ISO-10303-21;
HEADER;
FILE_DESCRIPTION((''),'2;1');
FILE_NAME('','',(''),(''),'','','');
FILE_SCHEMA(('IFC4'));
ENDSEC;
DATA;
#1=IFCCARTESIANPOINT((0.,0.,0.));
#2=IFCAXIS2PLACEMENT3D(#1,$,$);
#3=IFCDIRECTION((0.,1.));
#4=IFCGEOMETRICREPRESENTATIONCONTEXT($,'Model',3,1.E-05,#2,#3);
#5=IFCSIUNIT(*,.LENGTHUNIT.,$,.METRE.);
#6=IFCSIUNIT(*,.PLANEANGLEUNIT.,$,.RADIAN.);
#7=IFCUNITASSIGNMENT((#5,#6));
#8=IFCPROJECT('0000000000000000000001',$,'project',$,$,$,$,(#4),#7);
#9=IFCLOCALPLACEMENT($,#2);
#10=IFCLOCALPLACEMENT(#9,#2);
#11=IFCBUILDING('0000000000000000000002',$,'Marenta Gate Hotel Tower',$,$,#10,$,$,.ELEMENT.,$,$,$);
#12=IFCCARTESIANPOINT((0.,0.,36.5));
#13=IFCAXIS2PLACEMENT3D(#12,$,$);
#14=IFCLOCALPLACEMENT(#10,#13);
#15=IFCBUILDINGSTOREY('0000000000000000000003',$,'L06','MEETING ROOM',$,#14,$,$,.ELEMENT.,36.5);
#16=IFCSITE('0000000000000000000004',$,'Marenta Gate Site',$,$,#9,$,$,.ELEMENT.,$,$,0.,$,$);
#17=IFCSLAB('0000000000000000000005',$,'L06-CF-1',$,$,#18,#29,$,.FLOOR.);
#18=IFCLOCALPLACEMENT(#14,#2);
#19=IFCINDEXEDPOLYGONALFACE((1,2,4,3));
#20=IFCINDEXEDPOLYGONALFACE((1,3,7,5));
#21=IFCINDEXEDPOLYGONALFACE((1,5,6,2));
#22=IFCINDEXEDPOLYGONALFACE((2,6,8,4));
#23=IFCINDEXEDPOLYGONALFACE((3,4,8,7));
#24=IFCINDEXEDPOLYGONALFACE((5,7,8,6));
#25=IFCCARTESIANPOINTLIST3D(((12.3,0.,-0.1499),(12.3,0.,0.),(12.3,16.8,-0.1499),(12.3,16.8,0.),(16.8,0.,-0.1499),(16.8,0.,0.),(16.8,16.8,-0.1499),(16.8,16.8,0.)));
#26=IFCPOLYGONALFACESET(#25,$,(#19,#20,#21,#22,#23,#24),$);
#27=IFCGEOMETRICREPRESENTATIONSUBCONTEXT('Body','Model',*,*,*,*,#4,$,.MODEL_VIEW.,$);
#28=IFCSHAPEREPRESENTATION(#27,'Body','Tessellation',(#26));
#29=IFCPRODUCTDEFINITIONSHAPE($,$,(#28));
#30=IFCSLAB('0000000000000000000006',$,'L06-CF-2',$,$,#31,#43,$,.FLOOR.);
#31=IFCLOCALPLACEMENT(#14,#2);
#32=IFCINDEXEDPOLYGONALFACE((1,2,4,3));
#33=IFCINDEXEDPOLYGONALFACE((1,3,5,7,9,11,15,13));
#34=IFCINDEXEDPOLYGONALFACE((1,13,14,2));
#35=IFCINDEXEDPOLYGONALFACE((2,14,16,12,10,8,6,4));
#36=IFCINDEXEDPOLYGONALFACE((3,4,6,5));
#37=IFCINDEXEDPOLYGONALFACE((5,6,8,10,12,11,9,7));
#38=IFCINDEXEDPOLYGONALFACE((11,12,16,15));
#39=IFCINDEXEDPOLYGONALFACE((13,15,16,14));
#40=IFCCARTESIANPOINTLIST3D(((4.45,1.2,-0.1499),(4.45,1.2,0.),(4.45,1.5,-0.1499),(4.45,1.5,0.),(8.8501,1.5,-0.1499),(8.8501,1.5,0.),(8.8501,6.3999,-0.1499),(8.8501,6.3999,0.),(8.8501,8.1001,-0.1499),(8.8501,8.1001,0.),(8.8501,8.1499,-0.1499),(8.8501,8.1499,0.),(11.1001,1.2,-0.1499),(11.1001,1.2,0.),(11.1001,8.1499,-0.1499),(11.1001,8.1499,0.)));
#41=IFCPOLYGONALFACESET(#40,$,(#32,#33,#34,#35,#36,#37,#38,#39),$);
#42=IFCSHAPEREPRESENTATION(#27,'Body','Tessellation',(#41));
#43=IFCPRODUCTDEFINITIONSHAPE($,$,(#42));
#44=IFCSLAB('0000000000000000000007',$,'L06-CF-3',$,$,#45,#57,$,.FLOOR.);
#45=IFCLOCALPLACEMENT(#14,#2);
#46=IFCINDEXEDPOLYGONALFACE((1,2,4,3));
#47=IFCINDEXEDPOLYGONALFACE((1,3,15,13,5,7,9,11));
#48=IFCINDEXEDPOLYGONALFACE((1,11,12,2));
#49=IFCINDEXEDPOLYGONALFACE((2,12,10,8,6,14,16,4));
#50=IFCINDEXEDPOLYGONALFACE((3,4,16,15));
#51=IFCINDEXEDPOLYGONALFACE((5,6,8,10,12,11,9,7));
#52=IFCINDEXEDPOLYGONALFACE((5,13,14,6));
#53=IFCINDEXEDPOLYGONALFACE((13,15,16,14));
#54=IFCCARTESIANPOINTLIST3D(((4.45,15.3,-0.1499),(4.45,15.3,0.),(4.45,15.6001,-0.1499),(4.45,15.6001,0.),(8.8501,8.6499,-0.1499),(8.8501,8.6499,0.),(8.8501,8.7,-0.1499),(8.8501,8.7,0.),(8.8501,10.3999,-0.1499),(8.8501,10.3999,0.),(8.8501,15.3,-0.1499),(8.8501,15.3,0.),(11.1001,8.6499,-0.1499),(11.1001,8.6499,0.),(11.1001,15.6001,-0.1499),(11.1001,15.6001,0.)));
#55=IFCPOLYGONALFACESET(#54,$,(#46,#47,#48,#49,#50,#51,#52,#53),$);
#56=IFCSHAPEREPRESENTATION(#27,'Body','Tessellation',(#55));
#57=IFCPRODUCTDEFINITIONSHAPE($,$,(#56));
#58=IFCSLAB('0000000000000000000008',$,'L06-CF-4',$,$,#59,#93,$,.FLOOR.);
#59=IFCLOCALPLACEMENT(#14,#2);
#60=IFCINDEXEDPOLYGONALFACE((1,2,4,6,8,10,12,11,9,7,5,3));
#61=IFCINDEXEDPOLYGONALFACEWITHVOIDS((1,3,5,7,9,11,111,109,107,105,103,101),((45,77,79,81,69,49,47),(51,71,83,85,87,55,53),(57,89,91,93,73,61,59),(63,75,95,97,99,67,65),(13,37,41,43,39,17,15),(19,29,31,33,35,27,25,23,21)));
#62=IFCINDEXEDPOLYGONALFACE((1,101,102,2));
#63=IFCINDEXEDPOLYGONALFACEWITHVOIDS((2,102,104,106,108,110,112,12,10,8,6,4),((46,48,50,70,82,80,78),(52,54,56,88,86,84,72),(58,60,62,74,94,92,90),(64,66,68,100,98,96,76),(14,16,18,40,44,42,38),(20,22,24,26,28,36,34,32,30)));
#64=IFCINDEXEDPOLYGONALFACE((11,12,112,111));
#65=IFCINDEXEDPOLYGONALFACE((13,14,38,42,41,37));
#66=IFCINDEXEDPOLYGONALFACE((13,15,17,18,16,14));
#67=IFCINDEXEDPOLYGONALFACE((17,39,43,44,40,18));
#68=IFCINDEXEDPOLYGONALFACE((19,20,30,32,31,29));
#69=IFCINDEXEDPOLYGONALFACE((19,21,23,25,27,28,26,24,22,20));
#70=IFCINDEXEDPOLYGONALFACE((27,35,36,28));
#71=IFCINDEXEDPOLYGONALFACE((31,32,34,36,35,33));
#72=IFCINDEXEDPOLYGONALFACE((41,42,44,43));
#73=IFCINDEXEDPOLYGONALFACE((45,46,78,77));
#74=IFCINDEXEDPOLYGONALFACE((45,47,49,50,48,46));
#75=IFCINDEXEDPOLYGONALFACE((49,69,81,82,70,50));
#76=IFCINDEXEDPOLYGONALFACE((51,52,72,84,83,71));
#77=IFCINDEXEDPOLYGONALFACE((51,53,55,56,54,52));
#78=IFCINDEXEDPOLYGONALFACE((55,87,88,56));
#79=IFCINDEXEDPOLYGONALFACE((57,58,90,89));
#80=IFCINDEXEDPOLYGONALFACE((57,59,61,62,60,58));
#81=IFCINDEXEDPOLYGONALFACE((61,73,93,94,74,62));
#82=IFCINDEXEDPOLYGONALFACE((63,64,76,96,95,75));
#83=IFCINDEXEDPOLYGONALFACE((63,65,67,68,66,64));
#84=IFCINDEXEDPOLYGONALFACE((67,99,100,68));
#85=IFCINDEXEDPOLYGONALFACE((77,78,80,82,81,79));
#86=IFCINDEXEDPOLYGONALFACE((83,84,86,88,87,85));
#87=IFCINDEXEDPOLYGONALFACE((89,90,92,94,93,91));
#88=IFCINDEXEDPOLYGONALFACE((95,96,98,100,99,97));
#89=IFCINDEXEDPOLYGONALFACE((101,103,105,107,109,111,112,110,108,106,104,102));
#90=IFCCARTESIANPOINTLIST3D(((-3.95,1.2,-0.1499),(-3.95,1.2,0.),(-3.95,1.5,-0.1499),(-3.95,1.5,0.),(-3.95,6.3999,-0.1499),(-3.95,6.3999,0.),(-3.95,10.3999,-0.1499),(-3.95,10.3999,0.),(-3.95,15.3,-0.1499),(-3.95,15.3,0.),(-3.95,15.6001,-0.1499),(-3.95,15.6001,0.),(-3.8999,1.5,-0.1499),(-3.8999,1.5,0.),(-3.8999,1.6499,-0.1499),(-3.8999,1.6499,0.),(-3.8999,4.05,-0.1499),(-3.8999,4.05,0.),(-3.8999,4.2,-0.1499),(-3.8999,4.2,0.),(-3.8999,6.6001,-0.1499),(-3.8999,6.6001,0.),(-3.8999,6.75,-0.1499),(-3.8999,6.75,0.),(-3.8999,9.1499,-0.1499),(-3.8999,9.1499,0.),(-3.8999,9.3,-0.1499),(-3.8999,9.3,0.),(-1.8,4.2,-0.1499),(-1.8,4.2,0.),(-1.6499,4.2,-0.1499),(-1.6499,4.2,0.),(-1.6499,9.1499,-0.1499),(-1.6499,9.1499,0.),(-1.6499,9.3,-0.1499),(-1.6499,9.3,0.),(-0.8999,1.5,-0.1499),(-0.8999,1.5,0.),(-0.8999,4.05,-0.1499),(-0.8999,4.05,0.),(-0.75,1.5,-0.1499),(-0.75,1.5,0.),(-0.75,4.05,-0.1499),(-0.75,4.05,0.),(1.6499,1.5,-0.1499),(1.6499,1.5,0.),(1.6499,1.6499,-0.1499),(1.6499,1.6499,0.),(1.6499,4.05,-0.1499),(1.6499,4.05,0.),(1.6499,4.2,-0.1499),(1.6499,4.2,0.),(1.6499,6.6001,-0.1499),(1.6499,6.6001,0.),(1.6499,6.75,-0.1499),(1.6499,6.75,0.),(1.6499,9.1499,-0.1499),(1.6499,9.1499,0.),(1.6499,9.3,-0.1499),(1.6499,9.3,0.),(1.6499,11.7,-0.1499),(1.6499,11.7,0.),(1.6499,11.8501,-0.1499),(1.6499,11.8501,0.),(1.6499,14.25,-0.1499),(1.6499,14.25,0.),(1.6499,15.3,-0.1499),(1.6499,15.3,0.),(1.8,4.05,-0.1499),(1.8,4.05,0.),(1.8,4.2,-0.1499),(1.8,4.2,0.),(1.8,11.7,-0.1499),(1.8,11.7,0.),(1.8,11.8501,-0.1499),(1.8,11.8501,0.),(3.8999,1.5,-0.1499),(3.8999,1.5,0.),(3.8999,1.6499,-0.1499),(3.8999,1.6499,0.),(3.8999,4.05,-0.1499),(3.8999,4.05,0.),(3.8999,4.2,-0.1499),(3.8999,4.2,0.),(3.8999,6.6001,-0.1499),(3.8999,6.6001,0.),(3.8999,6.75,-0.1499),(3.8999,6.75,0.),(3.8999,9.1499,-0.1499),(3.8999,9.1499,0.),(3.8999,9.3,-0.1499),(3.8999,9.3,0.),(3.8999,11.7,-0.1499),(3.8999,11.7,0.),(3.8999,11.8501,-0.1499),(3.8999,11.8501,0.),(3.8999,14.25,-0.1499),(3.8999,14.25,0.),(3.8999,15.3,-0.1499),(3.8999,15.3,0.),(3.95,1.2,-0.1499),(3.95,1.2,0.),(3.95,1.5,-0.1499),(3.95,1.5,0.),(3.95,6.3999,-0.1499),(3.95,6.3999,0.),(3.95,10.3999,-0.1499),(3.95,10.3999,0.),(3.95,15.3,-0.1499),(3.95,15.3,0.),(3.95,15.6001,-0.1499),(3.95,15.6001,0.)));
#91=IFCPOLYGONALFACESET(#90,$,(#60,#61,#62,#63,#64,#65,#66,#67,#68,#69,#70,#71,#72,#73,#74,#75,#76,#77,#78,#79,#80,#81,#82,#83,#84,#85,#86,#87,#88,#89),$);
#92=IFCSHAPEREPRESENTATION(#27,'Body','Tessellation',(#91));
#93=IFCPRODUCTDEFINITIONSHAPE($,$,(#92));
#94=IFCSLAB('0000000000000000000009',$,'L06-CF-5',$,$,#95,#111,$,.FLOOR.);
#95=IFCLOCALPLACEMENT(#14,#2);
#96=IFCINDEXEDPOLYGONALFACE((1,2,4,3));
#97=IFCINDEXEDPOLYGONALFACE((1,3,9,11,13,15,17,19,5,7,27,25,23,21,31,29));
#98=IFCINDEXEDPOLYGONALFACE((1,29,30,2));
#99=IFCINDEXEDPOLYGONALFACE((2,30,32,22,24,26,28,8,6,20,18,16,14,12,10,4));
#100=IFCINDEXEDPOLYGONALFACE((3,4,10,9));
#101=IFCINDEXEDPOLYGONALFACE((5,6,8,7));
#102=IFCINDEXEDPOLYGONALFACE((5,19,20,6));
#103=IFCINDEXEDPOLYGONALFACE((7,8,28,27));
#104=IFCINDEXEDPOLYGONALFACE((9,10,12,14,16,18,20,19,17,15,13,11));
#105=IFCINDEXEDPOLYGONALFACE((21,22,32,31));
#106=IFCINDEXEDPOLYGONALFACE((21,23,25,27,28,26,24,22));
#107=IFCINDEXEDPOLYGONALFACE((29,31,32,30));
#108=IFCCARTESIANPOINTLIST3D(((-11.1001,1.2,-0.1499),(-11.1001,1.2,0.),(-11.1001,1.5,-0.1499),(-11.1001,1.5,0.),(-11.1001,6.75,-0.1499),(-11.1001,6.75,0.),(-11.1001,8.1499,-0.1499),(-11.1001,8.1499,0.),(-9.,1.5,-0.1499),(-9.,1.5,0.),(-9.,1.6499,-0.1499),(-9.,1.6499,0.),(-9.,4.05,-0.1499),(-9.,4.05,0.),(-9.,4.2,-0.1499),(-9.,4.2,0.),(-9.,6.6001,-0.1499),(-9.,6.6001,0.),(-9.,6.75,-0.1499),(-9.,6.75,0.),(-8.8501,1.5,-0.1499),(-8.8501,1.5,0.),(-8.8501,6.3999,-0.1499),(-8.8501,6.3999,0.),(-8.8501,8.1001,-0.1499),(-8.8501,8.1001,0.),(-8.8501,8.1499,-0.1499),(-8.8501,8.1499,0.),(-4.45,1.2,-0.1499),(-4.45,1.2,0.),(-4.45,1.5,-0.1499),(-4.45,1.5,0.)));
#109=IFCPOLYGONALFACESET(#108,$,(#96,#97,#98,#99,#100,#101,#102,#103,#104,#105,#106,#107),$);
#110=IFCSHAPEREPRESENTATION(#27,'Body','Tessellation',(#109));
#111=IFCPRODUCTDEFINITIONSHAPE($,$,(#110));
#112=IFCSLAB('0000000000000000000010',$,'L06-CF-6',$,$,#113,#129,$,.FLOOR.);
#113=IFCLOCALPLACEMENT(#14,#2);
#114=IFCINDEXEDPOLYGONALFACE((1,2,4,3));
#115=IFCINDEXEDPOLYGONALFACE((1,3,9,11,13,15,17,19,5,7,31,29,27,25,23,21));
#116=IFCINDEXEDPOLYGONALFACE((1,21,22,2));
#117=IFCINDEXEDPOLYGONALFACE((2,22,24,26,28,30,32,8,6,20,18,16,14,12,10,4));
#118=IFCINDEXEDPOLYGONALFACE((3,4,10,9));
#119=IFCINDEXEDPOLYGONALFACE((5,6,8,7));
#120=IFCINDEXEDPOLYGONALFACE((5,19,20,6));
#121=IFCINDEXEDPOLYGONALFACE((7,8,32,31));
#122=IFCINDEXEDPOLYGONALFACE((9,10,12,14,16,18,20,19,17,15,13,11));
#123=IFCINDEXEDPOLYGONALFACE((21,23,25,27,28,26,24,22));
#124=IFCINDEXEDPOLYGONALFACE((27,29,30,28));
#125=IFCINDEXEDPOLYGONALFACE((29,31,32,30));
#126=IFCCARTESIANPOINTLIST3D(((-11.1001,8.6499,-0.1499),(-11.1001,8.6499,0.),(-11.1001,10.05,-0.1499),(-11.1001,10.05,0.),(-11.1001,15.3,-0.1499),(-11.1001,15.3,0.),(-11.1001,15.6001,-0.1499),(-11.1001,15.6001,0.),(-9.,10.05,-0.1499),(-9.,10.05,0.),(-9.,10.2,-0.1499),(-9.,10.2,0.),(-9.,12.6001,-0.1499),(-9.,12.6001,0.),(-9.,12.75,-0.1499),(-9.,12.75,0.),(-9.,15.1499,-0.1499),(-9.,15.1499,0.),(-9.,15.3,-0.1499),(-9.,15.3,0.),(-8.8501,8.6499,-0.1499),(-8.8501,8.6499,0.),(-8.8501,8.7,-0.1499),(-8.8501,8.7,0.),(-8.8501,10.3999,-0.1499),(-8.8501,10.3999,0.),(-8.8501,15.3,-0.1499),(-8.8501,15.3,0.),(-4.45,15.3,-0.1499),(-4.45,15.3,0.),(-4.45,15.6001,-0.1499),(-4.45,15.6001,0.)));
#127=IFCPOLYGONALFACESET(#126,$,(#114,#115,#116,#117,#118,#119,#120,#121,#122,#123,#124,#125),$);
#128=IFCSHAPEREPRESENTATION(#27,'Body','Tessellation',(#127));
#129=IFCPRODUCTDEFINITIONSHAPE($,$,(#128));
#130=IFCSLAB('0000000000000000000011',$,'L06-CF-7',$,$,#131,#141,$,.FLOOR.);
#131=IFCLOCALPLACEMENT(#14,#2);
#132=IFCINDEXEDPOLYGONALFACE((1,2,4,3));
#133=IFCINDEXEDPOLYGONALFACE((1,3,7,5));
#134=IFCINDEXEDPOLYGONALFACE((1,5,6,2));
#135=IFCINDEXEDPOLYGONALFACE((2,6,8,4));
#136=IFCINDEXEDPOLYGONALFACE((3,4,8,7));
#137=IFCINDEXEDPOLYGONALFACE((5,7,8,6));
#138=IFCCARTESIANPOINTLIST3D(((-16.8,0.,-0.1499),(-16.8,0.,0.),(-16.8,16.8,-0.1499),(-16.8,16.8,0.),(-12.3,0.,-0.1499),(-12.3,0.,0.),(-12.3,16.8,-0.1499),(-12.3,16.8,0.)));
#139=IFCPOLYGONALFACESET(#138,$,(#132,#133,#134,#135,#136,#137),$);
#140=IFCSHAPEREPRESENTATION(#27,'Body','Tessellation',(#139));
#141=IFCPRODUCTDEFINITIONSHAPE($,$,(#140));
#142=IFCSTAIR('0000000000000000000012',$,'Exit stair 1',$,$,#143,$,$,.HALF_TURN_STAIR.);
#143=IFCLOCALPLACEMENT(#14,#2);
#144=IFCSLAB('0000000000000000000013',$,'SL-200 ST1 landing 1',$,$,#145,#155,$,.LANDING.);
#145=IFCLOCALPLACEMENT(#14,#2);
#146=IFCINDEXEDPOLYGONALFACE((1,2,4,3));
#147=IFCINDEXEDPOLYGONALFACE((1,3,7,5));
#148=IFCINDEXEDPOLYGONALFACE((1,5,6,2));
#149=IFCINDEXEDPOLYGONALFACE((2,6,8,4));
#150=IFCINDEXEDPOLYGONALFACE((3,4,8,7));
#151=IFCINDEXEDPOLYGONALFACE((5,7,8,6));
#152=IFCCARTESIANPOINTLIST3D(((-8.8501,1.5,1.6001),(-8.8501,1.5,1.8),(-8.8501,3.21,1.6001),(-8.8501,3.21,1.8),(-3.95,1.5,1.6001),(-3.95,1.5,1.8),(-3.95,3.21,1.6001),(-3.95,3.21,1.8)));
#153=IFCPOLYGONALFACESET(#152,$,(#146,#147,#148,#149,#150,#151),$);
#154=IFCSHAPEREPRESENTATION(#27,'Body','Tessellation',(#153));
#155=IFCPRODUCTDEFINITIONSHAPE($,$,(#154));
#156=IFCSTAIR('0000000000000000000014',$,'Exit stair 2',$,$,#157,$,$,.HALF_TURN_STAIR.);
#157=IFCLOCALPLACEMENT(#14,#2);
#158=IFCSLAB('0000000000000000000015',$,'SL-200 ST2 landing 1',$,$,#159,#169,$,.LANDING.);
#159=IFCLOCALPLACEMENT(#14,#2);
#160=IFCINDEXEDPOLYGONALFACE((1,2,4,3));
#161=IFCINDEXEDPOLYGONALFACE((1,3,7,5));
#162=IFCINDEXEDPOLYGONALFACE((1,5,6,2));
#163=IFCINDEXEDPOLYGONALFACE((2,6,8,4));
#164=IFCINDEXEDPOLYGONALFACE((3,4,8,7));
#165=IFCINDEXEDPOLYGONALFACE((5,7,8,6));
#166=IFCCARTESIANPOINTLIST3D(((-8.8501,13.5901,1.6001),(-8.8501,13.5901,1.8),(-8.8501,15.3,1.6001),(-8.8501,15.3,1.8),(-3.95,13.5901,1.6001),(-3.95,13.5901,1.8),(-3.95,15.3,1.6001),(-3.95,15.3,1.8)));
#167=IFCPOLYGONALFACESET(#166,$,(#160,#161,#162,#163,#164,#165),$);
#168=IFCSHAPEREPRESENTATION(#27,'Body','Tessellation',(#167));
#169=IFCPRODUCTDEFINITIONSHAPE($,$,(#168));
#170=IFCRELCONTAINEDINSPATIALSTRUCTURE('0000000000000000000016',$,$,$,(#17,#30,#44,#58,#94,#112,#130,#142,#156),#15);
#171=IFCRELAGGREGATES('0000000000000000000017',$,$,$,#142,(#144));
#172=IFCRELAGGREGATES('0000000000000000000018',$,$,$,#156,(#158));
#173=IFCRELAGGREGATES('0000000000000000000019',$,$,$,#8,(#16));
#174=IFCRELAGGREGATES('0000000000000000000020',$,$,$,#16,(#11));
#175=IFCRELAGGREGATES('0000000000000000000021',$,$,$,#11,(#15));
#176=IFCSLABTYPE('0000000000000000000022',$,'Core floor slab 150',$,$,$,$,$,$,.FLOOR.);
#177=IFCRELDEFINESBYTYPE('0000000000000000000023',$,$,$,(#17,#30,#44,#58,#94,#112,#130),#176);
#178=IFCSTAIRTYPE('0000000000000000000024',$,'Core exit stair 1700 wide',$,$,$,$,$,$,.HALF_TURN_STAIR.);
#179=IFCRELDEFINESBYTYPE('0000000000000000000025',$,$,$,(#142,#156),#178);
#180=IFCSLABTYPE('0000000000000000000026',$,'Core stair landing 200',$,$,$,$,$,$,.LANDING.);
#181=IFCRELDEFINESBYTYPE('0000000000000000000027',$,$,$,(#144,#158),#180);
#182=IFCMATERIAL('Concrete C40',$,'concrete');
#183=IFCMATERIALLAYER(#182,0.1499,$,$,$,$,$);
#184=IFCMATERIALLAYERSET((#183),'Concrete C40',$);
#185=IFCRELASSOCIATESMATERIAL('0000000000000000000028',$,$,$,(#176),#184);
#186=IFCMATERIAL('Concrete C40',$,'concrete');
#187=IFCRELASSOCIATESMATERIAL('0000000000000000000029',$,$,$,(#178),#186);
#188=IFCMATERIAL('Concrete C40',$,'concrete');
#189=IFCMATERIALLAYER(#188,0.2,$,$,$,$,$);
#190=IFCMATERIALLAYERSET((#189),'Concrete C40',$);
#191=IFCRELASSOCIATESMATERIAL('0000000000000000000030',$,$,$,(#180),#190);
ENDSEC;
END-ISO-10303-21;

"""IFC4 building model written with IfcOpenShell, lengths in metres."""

from ifc_helpers import new_model, si_unit, direction, frame, origin, place, context, subcontext, project, spatial, polyline, outline, extrude, material, layer, layer_set, type_object, element, aggregate, save


model = new_model("IFC4")

# Units and contexts
model_context = context("Model", 3, precision=1e-05, world=origin(), true_north=direction((0.0, 1.0)))
body_context = subcontext(model_context, "Body", "Model", "MODEL_VIEW")
ifc_project = project(units=[si_unit("LENGTHUNIT", "METRE"), si_unit("PLANEANGLEUNIT", "RADIAN")], contexts=[model_context])

# Site, building, storey
site_placement = place(None, origin())
site = spatial("IfcSite", under=ifc_project, at=site_placement, Name="Marenta Gate Site", CompositionType="ELEMENT", RefElevation=0.0)
building_placement = place(site_placement, origin())
building = spatial("IfcBuilding", under=site, at=building_placement, Name="Marenta Gate Hotel Tower", CompositionType="ELEMENT")
storey_placement = place(building_placement, frame((0.0, 0.0, 36.5)))
storey = spatial("IfcBuildingStorey", under=building, at=storey_placement, Name="L06", Description="MEETING ROOM", CompositionType="ELEMENT", Elevation=36.5)

# Slabs
ifc_material_1 = material(Name="Concrete C40", Category="concrete")
ifc_layer_1 = layer(ifc_material_1, 0.1499)
ifc_layer_set_1 = layer_set([ifc_layer_1], Name="Concrete C40")
slab_type_1 = type_object("IfcSlabType", Name="Core floor slab 150", PredefinedType="FLOOR", material=ifc_layer_set_1)
slab_1_placement = place(storey_placement, frame((0.0, 0.0, -0.1499)))
element("IfcSlab", 1, at=slab_1_placement, inside=storey, type_object=slab_type_1, Name="L06-CF-1", PredefinedType="FLOOR", context=body_context, shape_type="SweptSolid", body=[
    extrude(outline(polyline([(12.3, 0.0), (12.3, 16.8), (16.8, 16.8), (16.8, 0.0), (12.3, 0.0)])), origin(), (0.0, 0.0, 1.0), 0.1499),
])
slab_2_placement = place(storey_placement, frame((0.0, 0.0, -0.1499)))
element("IfcSlab", 2, at=slab_2_placement, inside=storey, type_object=slab_type_1, Name="L06-CF-2", PredefinedType="FLOOR", context=body_context, shape_type="SweptSolid", body=[
    extrude(outline(polyline([(8.8501, 1.5), (8.8501, 6.3999), (8.8501, 8.1001), (8.8501, 8.1499), (11.1001, 8.1499), (11.1001, 1.2), (4.45, 1.2), (4.45, 1.5), (8.8501, 1.5)])), origin(), (0.0, 0.0, 1.0), 0.1499),
])
slab_3_placement = place(storey_placement, frame((0.0, 0.0, -0.1499)))
element("IfcSlab", 3, at=slab_3_placement, inside=storey, type_object=slab_type_1, Name="L06-CF-3", PredefinedType="FLOOR", context=body_context, shape_type="SweptSolid", body=[
    extrude(outline(polyline([(8.8501, 15.3), (4.45, 15.3), (4.45, 15.6001), (11.1001, 15.6001), (11.1001, 8.6499), (8.8501, 8.6499), (8.8501, 8.7), (8.8501, 10.3999), (8.8501, 15.3)])), origin(), (0.0, 0.0, 1.0), 0.1499),
])
slab_4_placement = place(storey_placement, frame((0.0, 0.0, -0.1499)))
element("IfcSlab", 4, at=slab_4_placement, inside=storey, type_object=slab_type_1, Name="L06-CF-4", PredefinedType="FLOOR", context=body_context, shape_type="SweptSolid", body=[
    extrude(outline(polyline([(3.95, 15.3), (3.95, 10.3999), (3.95, 6.3999), (3.95, 1.5), (3.95, 1.2), (-3.95, 1.2), (-3.95, 1.5), (-3.95, 6.3999), (-3.95, 10.3999), (-3.95, 15.3), (-3.95, 15.6001), (3.95, 15.6001), (3.95, 15.3)]), holes=[polyline([(1.6499, 4.05), (1.6499, 1.6499), (1.6499, 1.5), (3.8999, 1.5), (3.8999, 1.6499), (3.8999, 4.05), (1.8, 4.05), (1.6499, 4.05)]), polyline([(1.6499, 9.1499), (3.8999, 9.1499), (3.8999, 9.3), (3.8999, 11.7), (1.8, 11.7), (1.6499, 11.7), (1.6499, 9.3), (1.6499, 9.1499)]), polyline([(1.6499, 11.8501), (1.8, 11.8501), (3.8999, 11.8501), (3.8999, 14.25), (3.8999, 15.3), (1.6499, 15.3), (1.6499, 14.25), (1.6499, 11.8501)]), polyline([(3.8999, 6.6001), (3.8999, 6.75), (1.6499, 6.75), (1.6499, 6.6001), (1.6499, 4.2), (1.8, 4.2), (3.8999, 4.2), (3.8999, 6.6001)]), polyline([(-3.8999, 1.5), (-0.8999, 1.5), (-0.75, 1.5), (-0.75, 4.05), (-0.8999, 4.05), (-3.8999, 4.05), (-3.8999, 1.6499), (-3.8999, 1.5)]), polyline([(-1.6499, 4.2), (-1.6499, 9.1499), (-1.6499, 9.3), (-3.8999, 9.3), (-3.8999, 9.1499), (-3.8999, 6.75), (-3.8999, 6.6001), (-3.8999, 4.2), (-1.8, 4.2), (-1.6499, 4.2)])]), origin(), (0.0, 0.0, 1.0), 0.1499),
])
slab_5_placement = place(storey_placement, frame((0.0, 0.0, -0.1499)))
element("IfcSlab", 5, at=slab_5_placement, inside=storey, type_object=slab_type_1, Name="L06-CF-5", PredefinedType="FLOOR", context=body_context, shape_type="SweptSolid", body=[
    extrude(outline(polyline([(-9.0, 1.5), (-9.0, 1.6499), (-9.0, 4.05), (-9.0, 4.2), (-9.0, 6.6001), (-9.0, 6.75), (-11.1001, 6.75), (-11.1001, 8.1499), (-8.8501, 8.1499), (-8.8501, 8.1001), (-8.8501, 6.3999), (-8.8501, 1.5), (-4.45, 1.5), (-4.45, 1.2), (-11.1001, 1.2), (-11.1001, 1.5), (-9.0, 1.5)])), origin(), (0.0, 0.0, 1.0), 0.1499),
])
slab_6_placement = place(storey_placement, frame((0.0, 0.0, -0.1499)))
element("IfcSlab", 6, at=slab_6_placement, inside=storey, type_object=slab_type_1, Name="L06-CF-6", PredefinedType="FLOOR", context=body_context, shape_type="SweptSolid", body=[
    extrude(outline(polyline([(-4.45, 15.3), (-8.8501, 15.3), (-8.8501, 10.3999), (-8.8501, 8.7), (-8.8501, 8.6499), (-11.1001, 8.6499), (-11.1001, 10.05), (-9.0, 10.05), (-9.0, 10.2), (-9.0, 12.6001), (-9.0, 12.75), (-9.0, 15.1499), (-9.0, 15.3), (-11.1001, 15.3), (-11.1001, 15.6001), (-4.45, 15.6001), (-4.45, 15.3)])), origin(), (0.0, 0.0, 1.0), 0.1499),
])
slab_7_placement = place(storey_placement, frame((0.0, 0.0, -0.1499)))
element("IfcSlab", 7, at=slab_7_placement, inside=storey, type_object=slab_type_1, Name="L06-CF-7", PredefinedType="FLOOR", context=body_context, shape_type="SweptSolid", body=[
    extrude(outline(polyline([(-12.3, 16.8), (-12.3, 0.0), (-16.8, 0.0), (-16.8, 16.8), (-12.3, 16.8)])), origin(), (0.0, 0.0, 1.0), 0.1499),
])

# Stairs, slabs
ifc_material_2 = material(Name="Concrete C40", Category="concrete")
stair_type_1 = type_object("IfcStairType", Name="Core exit stair 1700 wide", PredefinedType="HALF_TURN_STAIR", material=ifc_material_2)
stair_1_placement = place(storey_placement, origin())
stair_1 = element("IfcStair", 8, at=stair_1_placement, inside=storey, type_object=stair_type_1, Name="Exit stair 1", PredefinedType="HALF_TURN_STAIR")
ifc_material_3 = material(Name="Concrete C40", Category="concrete")
ifc_layer_2 = layer(ifc_material_3, 0.2)
ifc_layer_set_2 = layer_set([ifc_layer_2], Name="Concrete C40")
slab_type_2 = type_object("IfcSlabType", Name="Core stair landing 200", PredefinedType="LANDING", material=ifc_layer_set_2)
slab_8_placement = place(storey_placement, frame((0.0, 0.0, 1.6001)))
slab_8 = element("IfcSlab", 9, at=slab_8_placement, type_object=slab_type_2, Name="SL-200 ST1 landing 1", PredefinedType="LANDING", context=body_context, shape_type="SweptSolid", body=[
    extrude(outline(polyline([(-8.8501, 1.5), (-3.95, 1.5), (-3.95, 3.21), (-8.8501, 3.21), (-8.8501, 1.5)])), origin(), (0.0, 0.0, 1.0), 0.2),
])
aggregate(stair_1, [slab_8])
stair_2_placement = place(storey_placement, origin())
stair_2 = element("IfcStair", 10, at=stair_2_placement, inside=storey, type_object=stair_type_1, Name="Exit stair 2", PredefinedType="HALF_TURN_STAIR")
slab_9_placement = place(storey_placement, frame((0.0, 0.0, 1.6001)))
slab_9 = element("IfcSlab", 11, at=slab_9_placement, type_object=slab_type_2, Name="SL-200 ST2 landing 1", PredefinedType="LANDING", context=body_context, shape_type="SweptSolid", body=[
    extrude(outline(polyline([(-8.8501, 13.5901), (-3.95, 13.5901), (-3.95, 15.3), (-8.8501, 15.3), (-8.8501, 13.5901)])), origin(), (0.0, 0.0, 1.0), 0.2),
])
aggregate(stair_2, [slab_9])

save(model, "model.ifc")
